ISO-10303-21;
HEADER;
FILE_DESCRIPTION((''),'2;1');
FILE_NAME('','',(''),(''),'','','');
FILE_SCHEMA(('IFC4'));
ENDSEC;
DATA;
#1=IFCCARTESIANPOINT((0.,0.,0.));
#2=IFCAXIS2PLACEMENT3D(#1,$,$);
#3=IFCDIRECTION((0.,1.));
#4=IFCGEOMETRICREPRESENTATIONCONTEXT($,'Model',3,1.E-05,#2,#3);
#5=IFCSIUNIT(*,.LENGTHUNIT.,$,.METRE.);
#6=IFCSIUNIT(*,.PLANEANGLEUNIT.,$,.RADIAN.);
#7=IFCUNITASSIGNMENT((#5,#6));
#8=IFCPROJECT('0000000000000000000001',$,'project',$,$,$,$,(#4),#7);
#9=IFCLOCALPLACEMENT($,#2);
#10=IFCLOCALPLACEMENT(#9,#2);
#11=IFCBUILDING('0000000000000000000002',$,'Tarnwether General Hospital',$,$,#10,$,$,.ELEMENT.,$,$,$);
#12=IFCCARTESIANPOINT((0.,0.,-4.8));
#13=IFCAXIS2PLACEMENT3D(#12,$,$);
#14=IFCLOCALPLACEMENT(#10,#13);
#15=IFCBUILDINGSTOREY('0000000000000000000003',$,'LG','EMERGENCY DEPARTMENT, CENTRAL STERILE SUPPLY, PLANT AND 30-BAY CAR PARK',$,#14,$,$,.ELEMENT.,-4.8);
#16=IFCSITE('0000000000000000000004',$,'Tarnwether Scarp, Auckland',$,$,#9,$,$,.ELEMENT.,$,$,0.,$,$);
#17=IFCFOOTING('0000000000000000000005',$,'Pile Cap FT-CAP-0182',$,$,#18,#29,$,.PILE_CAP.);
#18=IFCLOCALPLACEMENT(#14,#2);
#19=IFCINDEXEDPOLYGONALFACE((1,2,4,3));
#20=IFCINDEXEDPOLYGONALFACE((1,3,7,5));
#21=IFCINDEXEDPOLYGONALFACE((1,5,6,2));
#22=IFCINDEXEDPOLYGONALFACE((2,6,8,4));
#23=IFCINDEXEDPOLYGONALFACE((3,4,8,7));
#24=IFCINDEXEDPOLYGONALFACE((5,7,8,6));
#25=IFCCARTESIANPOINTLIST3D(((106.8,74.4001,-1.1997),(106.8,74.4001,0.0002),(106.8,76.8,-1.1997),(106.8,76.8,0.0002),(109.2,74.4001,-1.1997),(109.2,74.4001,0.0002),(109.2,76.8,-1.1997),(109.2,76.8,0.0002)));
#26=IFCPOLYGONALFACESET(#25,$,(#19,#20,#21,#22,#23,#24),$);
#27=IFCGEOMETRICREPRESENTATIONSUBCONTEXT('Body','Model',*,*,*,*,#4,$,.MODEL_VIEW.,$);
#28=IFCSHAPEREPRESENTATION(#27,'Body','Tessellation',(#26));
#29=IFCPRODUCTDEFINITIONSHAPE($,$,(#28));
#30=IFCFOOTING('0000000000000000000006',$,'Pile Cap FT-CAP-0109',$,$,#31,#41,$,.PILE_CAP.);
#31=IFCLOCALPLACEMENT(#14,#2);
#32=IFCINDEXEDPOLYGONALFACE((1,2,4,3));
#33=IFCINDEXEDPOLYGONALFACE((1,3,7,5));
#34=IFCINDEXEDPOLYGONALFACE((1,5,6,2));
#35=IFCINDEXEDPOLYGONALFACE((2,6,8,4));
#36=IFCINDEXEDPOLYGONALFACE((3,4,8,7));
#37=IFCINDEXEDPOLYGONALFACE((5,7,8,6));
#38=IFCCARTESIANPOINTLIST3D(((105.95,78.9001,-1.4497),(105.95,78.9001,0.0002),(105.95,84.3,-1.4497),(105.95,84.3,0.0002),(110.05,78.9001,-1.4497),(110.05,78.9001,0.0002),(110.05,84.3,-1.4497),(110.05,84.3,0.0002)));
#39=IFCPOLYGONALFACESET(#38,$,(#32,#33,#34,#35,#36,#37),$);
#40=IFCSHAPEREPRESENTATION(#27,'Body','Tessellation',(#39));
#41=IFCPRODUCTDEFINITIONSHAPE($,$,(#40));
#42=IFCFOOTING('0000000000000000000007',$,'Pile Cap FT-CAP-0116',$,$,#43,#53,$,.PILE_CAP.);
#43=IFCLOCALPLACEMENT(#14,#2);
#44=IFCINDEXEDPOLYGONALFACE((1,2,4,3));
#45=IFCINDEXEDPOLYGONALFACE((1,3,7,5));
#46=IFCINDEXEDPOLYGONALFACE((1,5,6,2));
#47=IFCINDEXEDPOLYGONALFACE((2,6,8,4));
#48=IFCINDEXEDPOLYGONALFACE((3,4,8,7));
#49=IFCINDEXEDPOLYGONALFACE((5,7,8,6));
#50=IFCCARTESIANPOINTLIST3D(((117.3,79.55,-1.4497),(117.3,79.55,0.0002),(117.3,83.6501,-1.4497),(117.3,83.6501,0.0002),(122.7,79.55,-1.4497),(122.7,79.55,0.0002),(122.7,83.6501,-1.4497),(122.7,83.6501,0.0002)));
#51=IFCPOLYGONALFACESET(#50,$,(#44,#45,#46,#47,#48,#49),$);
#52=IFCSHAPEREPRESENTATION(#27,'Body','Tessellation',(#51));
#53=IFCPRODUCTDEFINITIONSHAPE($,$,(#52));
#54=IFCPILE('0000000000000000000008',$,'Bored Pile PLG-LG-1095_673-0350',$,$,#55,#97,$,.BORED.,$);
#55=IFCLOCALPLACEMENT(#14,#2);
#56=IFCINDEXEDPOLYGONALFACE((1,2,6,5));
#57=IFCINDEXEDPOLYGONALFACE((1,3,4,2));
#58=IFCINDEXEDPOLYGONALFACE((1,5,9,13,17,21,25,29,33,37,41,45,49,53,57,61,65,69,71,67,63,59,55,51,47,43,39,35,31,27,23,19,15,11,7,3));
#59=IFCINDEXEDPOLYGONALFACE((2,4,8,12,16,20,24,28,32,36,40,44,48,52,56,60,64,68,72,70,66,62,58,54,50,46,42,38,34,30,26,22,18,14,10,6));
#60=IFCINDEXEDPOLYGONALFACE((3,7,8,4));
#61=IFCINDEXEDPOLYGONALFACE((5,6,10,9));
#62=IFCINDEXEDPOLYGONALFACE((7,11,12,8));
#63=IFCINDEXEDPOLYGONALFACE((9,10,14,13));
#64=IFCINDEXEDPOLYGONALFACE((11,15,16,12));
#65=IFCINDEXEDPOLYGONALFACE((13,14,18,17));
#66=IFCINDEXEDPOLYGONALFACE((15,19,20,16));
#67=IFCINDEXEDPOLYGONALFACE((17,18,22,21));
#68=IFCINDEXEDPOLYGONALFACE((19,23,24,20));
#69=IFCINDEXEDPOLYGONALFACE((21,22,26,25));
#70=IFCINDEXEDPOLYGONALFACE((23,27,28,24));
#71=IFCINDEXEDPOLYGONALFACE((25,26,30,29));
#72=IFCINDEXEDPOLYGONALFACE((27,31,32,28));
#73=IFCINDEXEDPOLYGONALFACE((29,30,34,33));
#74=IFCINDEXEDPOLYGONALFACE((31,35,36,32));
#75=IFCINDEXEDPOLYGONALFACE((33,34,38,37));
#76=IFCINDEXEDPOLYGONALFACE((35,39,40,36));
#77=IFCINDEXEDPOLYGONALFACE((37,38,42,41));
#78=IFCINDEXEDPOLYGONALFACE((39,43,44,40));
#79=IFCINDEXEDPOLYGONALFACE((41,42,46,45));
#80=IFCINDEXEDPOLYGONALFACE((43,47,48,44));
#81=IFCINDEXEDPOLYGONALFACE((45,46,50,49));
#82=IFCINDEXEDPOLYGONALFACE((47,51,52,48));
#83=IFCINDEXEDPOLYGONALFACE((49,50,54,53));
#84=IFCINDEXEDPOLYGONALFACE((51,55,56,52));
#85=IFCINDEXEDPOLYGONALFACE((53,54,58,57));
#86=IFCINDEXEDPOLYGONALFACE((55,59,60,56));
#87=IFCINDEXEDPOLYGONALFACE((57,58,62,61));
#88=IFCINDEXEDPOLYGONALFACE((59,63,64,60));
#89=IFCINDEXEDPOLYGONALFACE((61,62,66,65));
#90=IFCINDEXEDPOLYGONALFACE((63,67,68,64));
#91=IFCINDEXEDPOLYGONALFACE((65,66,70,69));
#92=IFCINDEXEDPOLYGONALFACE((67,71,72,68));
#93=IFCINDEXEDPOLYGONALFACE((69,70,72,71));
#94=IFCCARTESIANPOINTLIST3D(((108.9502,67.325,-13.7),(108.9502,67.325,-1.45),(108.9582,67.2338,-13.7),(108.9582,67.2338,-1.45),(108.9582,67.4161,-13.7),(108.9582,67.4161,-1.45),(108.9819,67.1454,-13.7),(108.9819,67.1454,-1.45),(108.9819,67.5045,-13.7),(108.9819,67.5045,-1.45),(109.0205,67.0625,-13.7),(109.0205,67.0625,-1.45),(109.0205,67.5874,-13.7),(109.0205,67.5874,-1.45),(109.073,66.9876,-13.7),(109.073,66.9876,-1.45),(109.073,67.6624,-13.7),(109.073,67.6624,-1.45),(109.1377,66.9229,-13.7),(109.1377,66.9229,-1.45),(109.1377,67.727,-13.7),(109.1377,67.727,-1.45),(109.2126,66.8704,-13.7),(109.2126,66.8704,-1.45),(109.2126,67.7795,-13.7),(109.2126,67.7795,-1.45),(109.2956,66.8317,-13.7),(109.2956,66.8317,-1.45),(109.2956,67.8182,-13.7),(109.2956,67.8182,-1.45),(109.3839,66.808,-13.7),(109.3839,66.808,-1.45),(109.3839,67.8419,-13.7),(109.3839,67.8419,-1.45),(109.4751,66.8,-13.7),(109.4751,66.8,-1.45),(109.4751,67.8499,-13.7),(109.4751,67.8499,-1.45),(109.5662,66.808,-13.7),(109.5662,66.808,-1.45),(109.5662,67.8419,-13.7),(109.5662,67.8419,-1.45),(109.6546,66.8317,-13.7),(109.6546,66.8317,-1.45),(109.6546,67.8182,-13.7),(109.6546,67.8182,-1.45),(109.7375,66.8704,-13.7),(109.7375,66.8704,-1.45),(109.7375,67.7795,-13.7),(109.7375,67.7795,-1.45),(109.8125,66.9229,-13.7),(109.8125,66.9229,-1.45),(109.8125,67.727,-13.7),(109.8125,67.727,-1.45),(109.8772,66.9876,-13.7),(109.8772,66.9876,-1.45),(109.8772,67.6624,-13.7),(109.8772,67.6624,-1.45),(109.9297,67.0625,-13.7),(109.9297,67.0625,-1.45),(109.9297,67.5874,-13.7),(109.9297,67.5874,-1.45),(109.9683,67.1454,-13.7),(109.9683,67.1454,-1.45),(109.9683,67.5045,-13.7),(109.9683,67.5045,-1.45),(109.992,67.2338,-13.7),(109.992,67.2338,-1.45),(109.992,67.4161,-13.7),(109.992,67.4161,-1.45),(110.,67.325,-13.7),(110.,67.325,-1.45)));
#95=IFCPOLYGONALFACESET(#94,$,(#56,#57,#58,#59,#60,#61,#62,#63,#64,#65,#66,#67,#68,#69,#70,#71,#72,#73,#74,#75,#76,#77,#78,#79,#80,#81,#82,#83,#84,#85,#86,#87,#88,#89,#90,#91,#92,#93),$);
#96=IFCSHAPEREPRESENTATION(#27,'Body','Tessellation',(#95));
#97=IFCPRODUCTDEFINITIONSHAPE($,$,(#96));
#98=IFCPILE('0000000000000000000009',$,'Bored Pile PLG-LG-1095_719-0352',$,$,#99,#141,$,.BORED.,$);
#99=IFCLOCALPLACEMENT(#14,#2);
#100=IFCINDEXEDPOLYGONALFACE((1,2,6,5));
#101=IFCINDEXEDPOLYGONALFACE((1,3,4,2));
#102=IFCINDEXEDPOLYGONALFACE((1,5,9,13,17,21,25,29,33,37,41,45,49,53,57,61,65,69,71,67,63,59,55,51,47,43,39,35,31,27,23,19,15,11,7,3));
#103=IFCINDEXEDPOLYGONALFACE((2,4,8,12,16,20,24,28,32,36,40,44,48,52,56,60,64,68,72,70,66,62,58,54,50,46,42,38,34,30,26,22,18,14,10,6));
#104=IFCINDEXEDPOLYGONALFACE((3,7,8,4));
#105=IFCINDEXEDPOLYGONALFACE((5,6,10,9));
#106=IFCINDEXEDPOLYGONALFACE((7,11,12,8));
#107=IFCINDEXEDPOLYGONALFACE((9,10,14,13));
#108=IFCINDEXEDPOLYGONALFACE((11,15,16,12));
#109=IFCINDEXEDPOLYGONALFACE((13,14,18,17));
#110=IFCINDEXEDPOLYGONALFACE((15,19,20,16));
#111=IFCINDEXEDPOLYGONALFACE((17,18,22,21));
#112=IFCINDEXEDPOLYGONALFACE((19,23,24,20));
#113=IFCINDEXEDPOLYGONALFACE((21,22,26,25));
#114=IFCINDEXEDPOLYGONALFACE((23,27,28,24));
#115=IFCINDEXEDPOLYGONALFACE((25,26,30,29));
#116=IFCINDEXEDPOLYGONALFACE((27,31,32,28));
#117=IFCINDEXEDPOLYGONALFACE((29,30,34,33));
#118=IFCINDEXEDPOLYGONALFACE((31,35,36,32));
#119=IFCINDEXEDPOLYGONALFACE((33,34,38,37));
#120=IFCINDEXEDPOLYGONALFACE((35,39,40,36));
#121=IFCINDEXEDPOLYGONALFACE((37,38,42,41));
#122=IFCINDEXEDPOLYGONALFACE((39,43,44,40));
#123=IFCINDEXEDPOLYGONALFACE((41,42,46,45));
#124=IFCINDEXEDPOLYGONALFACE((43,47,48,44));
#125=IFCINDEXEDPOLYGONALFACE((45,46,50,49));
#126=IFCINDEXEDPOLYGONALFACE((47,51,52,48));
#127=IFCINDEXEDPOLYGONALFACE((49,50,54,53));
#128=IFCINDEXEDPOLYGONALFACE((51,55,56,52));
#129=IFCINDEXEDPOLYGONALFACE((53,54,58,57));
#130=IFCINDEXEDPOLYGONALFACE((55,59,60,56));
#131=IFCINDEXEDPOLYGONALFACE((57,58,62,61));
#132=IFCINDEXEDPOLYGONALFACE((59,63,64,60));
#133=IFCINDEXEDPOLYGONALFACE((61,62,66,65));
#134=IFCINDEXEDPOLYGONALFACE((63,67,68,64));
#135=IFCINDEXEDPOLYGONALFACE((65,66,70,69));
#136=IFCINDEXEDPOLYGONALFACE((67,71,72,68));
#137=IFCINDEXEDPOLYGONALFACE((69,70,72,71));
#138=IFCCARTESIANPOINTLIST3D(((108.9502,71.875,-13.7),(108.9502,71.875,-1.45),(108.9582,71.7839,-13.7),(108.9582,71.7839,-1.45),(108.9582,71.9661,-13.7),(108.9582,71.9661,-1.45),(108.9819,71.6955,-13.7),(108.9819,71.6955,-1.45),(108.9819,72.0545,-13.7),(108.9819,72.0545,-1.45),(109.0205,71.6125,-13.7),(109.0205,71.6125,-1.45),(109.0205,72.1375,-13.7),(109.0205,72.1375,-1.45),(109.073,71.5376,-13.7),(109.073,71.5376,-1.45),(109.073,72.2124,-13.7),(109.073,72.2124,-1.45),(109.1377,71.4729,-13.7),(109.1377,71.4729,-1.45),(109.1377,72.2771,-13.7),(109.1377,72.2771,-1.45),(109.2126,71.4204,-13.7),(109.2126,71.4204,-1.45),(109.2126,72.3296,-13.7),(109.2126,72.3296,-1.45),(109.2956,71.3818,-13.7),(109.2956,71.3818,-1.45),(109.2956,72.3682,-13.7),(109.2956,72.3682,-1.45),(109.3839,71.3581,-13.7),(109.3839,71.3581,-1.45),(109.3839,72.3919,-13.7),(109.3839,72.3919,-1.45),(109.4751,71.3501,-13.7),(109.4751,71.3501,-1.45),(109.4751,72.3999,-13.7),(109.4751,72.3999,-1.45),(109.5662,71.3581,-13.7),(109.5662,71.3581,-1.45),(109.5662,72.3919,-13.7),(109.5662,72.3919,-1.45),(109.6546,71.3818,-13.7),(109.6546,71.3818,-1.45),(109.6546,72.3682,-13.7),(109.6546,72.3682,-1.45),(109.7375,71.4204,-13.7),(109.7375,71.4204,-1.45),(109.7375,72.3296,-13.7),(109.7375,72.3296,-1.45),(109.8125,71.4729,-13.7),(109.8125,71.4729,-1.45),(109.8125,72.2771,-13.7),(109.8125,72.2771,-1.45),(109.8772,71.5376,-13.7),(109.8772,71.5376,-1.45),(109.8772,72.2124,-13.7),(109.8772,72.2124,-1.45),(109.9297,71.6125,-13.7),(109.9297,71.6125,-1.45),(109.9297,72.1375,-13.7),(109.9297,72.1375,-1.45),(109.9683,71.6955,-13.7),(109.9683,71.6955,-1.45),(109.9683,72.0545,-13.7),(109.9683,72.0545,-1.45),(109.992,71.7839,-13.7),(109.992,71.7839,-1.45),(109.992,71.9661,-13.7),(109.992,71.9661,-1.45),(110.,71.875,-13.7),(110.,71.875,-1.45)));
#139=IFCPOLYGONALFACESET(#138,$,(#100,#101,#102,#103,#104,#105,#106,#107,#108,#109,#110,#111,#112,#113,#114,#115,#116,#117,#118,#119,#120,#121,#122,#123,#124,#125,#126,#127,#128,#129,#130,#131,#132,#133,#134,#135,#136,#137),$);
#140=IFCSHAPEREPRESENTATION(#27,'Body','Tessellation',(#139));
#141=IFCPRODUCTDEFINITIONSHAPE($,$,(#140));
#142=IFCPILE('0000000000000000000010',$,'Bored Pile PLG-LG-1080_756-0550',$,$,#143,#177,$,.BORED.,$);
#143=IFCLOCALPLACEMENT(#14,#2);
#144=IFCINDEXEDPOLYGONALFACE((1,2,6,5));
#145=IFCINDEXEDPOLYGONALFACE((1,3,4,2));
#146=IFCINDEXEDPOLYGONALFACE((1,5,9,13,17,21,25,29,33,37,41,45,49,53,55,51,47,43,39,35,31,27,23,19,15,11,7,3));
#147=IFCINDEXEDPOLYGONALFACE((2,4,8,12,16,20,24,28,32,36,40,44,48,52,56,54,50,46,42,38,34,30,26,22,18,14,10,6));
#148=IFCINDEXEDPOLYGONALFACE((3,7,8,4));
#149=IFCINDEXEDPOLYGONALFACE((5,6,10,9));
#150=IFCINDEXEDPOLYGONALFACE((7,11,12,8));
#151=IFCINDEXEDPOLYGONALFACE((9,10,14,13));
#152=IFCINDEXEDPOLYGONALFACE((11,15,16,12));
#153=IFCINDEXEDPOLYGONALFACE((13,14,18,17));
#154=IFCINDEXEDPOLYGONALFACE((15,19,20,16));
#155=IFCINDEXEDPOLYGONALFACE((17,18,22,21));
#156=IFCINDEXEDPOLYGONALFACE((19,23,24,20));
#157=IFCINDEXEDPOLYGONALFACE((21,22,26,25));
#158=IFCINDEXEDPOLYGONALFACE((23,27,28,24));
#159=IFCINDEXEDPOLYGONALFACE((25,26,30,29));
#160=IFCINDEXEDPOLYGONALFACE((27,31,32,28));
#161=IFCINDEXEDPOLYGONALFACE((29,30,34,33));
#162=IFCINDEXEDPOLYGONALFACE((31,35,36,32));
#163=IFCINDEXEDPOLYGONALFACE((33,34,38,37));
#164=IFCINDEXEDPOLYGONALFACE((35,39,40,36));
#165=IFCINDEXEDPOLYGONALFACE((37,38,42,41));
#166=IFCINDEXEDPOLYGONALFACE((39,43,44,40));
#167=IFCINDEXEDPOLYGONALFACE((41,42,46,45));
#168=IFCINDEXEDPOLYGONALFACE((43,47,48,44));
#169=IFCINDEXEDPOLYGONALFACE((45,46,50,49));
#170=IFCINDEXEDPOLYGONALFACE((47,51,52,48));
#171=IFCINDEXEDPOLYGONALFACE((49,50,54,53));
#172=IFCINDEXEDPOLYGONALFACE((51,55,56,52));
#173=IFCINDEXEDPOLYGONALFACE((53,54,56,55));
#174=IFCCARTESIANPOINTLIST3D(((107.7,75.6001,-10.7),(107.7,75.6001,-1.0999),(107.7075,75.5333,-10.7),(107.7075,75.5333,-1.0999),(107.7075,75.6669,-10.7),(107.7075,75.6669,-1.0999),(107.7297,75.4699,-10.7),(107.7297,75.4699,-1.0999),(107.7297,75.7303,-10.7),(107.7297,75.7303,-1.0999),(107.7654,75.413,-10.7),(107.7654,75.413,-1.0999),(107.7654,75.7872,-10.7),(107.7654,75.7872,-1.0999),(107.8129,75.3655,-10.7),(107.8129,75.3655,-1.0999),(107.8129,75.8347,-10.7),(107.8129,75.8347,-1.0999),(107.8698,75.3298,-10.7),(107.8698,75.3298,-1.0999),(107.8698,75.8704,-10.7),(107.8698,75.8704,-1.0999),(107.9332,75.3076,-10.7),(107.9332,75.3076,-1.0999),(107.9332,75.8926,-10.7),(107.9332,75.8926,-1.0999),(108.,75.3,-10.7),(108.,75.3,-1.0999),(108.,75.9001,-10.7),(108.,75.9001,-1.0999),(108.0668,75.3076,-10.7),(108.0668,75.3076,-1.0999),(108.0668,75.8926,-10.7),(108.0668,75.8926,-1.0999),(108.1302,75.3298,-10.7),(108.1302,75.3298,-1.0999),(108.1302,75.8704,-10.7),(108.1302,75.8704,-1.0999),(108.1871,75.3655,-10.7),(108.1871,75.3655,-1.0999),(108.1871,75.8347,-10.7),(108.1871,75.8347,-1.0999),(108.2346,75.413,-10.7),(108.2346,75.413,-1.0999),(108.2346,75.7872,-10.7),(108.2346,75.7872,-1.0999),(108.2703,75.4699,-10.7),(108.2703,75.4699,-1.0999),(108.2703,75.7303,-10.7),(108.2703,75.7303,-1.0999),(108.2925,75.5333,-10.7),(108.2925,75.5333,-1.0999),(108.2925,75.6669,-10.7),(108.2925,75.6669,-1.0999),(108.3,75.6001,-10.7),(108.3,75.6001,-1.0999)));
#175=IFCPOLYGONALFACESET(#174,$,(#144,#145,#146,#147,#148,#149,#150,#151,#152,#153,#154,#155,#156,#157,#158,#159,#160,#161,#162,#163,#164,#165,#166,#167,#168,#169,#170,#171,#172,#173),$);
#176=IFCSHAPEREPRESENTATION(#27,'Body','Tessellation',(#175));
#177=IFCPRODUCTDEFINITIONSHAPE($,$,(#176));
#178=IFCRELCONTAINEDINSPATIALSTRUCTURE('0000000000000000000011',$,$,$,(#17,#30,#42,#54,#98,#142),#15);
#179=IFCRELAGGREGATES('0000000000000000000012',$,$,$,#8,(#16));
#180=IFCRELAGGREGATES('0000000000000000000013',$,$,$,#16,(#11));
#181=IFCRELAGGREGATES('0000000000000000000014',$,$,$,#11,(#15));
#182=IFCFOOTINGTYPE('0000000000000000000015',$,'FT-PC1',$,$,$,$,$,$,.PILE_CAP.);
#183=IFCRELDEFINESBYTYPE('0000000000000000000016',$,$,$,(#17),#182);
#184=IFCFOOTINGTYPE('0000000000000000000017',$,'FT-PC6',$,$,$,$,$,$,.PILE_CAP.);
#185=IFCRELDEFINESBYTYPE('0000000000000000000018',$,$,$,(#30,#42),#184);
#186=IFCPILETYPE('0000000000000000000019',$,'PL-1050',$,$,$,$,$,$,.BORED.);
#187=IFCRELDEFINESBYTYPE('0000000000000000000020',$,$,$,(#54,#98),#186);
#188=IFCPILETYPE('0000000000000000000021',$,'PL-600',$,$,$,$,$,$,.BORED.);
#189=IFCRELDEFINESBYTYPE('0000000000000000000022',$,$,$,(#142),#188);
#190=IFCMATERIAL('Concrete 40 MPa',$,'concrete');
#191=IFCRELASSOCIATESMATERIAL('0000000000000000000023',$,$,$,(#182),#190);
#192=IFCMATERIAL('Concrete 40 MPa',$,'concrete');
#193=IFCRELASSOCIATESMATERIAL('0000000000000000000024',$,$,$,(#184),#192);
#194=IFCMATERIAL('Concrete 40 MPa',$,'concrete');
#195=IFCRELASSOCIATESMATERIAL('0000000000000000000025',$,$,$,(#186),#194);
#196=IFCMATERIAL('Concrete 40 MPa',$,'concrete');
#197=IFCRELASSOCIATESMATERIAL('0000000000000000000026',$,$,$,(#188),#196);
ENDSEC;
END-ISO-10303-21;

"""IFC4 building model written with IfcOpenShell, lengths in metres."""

from ifc_helpers import new_model, si_unit, direction, frame, origin, origin_2d, place, context, subcontext, project, spatial, rectangle, circle, extrude, material, material_profile, profile_set, type_object, element, save


model = new_model("IFC4")

# Units and contexts
model_context = context("Model", 3, precision=1e-05, world=origin(), true_north=direction((0.0, 1.0)))
body_context = subcontext(model_context, "Body", "Model", "MODEL_VIEW")
ifc_project = project(units=[si_unit("LENGTHUNIT", "METRE"), si_unit("PLANEANGLEUNIT", "RADIAN")], contexts=[model_context])

# Site, building, storey
site_placement = place(None, origin())
site = spatial("IfcSite", under=ifc_project, at=site_placement, Name="Tarnwether Scarp, Auckland", CompositionType="ELEMENT", RefElevation=0.0)
building_placement = place(site_placement, origin())
building = spatial("IfcBuilding", under=site, at=building_placement, Name="Tarnwether General Hospital", CompositionType="ELEMENT")
storey_placement = place(building_placement, frame((0.0, 0.0, -4.8)))
storey = spatial("IfcBuildingStorey", under=building, at=storey_placement, Name="LG", Description="EMERGENCY DEPARTMENT, CENTRAL STERILE SUPPLY, PLANT AND 30-BAY CAR PARK", CompositionType="ELEMENT", Elevation=-4.8)

# Footings
ifc_material_1 = material(Name="Concrete 40 MPa", Category="concrete")
footing_type_1 = type_object("IfcFootingType", Name="FT-PC1", PredefinedType="PILE_CAP", material=ifc_material_1)
footing_placement = place(storey_placement, frame((108.0, 75.6001, -1.1997), z_axis=(0.0, 0.0, 1.0), x_axis=(1.0, 0.0, 0.0)))
element("IfcFooting", 1, at=footing_placement, inside=storey, type_object=footing_type_1, Name="Pile Cap FT-CAP-0182", PredefinedType="PILE_CAP", context=body_context, shape_type="SweptSolid", body=[
    extrude(rectangle(XDim=2.3999, YDim=2.3999, at=origin_2d()), origin(), (0.0, 0.0, 1.0), 1.2),
])
ifc_material_2 = material(Name="Concrete 40 MPa", Category="concrete")
footing_type_2 = type_object("IfcFootingType", Name="FT-PC6", PredefinedType="PILE_CAP", material=ifc_material_2)
for number, where, z_axis, x_axis, name in (
    (2, (108.0, 81.6001, -1.4497), (0.0, 0.0, 1.0), (0.0, 1.0, 0.0), "Pile Cap FT-CAP-0109"),
    (3, (120.0, 81.6001, -1.4497), (0.0, 0.0, 1.0), (1.0, 0.0, 0.0), "Pile Cap FT-CAP-0116"),
):
    element("IfcFooting", number, at=place(storey_placement, frame(where, z_axis=z_axis, x_axis=x_axis)), inside=storey, type_object=footing_type_2, Name=name, PredefinedType="PILE_CAP", context=body_context, shape_type="SweptSolid", body=[
        extrude(rectangle(XDim=5.3999, YDim=4.1001, at=origin_2d()), origin(), (0.0, 0.0, 1.0), 1.45),
    ])

# Piles
ifc_material_3 = material(Name="Concrete 40 MPa", Category="concrete")
ifc_material_profile_1 = material_profile(ifc_material_3, circle(Radius=0.5249, at=origin_2d()), Name="PILE-D1050")
ifc_profile_set_1 = profile_set([ifc_material_profile_1], Name="Concrete 40 MPa")
pile_type_1 = type_object("IfcPileType", Name="PL-1050", PredefinedType="BORED", material=ifc_profile_set_1)
for number, where, z_axis, x_axis, name in (
    (4, (109.4751, 67.325, -1.45), (0.0, 0.0, -1.0), (1.0, 0.0, 0.0), "Bored Pile PLG-LG-1095_673-0350"),
    (5, (109.4751, 71.875, -1.45), (0.0, 0.0, -1.0), (1.0, 0.0, 0.0), "Bored Pile PLG-LG-1095_719-0352"),
):
    element("IfcPile", number, at=place(storey_placement, frame(where, z_axis=z_axis, x_axis=x_axis)), inside=storey, type_object=pile_type_1, Name=name, PredefinedType="BORED", context=body_context, shape_type="SweptSolid", body=[
        extrude(circle(Radius=0.5249, at=origin_2d()), origin(), (0.0, 0.0, 1.0), 12.25),
    ])
ifc_material_4 = material(Name="Concrete 40 MPa", Category="concrete")
ifc_material_profile_2 = material_profile(ifc_material_4, circle(Radius=0.3, at=origin_2d()), Name="PILE-D600")
ifc_profile_set_2 = profile_set([ifc_material_profile_2], Name="Concrete 40 MPa")
pile_type_2 = type_object("IfcPileType", Name="PL-600", PredefinedType="BORED", material=ifc_profile_set_2)
pile_placement = place(storey_placement, frame((108.0, 75.6001, -1.0999), z_axis=(0.0, 0.0, -1.0), x_axis=(1.0, 0.0, 0.0)))
element("IfcPile", 6, at=pile_placement, inside=storey, type_object=pile_type_2, Name="Bored Pile PLG-LG-1080_756-0550", PredefinedType="BORED", context=body_context, shape_type="SweptSolid", body=[
    extrude(circle(Radius=0.3, at=origin_2d()), origin(), (0.0, 0.0, 1.0), 9.6001),
])

save(model, "model.ifc")
